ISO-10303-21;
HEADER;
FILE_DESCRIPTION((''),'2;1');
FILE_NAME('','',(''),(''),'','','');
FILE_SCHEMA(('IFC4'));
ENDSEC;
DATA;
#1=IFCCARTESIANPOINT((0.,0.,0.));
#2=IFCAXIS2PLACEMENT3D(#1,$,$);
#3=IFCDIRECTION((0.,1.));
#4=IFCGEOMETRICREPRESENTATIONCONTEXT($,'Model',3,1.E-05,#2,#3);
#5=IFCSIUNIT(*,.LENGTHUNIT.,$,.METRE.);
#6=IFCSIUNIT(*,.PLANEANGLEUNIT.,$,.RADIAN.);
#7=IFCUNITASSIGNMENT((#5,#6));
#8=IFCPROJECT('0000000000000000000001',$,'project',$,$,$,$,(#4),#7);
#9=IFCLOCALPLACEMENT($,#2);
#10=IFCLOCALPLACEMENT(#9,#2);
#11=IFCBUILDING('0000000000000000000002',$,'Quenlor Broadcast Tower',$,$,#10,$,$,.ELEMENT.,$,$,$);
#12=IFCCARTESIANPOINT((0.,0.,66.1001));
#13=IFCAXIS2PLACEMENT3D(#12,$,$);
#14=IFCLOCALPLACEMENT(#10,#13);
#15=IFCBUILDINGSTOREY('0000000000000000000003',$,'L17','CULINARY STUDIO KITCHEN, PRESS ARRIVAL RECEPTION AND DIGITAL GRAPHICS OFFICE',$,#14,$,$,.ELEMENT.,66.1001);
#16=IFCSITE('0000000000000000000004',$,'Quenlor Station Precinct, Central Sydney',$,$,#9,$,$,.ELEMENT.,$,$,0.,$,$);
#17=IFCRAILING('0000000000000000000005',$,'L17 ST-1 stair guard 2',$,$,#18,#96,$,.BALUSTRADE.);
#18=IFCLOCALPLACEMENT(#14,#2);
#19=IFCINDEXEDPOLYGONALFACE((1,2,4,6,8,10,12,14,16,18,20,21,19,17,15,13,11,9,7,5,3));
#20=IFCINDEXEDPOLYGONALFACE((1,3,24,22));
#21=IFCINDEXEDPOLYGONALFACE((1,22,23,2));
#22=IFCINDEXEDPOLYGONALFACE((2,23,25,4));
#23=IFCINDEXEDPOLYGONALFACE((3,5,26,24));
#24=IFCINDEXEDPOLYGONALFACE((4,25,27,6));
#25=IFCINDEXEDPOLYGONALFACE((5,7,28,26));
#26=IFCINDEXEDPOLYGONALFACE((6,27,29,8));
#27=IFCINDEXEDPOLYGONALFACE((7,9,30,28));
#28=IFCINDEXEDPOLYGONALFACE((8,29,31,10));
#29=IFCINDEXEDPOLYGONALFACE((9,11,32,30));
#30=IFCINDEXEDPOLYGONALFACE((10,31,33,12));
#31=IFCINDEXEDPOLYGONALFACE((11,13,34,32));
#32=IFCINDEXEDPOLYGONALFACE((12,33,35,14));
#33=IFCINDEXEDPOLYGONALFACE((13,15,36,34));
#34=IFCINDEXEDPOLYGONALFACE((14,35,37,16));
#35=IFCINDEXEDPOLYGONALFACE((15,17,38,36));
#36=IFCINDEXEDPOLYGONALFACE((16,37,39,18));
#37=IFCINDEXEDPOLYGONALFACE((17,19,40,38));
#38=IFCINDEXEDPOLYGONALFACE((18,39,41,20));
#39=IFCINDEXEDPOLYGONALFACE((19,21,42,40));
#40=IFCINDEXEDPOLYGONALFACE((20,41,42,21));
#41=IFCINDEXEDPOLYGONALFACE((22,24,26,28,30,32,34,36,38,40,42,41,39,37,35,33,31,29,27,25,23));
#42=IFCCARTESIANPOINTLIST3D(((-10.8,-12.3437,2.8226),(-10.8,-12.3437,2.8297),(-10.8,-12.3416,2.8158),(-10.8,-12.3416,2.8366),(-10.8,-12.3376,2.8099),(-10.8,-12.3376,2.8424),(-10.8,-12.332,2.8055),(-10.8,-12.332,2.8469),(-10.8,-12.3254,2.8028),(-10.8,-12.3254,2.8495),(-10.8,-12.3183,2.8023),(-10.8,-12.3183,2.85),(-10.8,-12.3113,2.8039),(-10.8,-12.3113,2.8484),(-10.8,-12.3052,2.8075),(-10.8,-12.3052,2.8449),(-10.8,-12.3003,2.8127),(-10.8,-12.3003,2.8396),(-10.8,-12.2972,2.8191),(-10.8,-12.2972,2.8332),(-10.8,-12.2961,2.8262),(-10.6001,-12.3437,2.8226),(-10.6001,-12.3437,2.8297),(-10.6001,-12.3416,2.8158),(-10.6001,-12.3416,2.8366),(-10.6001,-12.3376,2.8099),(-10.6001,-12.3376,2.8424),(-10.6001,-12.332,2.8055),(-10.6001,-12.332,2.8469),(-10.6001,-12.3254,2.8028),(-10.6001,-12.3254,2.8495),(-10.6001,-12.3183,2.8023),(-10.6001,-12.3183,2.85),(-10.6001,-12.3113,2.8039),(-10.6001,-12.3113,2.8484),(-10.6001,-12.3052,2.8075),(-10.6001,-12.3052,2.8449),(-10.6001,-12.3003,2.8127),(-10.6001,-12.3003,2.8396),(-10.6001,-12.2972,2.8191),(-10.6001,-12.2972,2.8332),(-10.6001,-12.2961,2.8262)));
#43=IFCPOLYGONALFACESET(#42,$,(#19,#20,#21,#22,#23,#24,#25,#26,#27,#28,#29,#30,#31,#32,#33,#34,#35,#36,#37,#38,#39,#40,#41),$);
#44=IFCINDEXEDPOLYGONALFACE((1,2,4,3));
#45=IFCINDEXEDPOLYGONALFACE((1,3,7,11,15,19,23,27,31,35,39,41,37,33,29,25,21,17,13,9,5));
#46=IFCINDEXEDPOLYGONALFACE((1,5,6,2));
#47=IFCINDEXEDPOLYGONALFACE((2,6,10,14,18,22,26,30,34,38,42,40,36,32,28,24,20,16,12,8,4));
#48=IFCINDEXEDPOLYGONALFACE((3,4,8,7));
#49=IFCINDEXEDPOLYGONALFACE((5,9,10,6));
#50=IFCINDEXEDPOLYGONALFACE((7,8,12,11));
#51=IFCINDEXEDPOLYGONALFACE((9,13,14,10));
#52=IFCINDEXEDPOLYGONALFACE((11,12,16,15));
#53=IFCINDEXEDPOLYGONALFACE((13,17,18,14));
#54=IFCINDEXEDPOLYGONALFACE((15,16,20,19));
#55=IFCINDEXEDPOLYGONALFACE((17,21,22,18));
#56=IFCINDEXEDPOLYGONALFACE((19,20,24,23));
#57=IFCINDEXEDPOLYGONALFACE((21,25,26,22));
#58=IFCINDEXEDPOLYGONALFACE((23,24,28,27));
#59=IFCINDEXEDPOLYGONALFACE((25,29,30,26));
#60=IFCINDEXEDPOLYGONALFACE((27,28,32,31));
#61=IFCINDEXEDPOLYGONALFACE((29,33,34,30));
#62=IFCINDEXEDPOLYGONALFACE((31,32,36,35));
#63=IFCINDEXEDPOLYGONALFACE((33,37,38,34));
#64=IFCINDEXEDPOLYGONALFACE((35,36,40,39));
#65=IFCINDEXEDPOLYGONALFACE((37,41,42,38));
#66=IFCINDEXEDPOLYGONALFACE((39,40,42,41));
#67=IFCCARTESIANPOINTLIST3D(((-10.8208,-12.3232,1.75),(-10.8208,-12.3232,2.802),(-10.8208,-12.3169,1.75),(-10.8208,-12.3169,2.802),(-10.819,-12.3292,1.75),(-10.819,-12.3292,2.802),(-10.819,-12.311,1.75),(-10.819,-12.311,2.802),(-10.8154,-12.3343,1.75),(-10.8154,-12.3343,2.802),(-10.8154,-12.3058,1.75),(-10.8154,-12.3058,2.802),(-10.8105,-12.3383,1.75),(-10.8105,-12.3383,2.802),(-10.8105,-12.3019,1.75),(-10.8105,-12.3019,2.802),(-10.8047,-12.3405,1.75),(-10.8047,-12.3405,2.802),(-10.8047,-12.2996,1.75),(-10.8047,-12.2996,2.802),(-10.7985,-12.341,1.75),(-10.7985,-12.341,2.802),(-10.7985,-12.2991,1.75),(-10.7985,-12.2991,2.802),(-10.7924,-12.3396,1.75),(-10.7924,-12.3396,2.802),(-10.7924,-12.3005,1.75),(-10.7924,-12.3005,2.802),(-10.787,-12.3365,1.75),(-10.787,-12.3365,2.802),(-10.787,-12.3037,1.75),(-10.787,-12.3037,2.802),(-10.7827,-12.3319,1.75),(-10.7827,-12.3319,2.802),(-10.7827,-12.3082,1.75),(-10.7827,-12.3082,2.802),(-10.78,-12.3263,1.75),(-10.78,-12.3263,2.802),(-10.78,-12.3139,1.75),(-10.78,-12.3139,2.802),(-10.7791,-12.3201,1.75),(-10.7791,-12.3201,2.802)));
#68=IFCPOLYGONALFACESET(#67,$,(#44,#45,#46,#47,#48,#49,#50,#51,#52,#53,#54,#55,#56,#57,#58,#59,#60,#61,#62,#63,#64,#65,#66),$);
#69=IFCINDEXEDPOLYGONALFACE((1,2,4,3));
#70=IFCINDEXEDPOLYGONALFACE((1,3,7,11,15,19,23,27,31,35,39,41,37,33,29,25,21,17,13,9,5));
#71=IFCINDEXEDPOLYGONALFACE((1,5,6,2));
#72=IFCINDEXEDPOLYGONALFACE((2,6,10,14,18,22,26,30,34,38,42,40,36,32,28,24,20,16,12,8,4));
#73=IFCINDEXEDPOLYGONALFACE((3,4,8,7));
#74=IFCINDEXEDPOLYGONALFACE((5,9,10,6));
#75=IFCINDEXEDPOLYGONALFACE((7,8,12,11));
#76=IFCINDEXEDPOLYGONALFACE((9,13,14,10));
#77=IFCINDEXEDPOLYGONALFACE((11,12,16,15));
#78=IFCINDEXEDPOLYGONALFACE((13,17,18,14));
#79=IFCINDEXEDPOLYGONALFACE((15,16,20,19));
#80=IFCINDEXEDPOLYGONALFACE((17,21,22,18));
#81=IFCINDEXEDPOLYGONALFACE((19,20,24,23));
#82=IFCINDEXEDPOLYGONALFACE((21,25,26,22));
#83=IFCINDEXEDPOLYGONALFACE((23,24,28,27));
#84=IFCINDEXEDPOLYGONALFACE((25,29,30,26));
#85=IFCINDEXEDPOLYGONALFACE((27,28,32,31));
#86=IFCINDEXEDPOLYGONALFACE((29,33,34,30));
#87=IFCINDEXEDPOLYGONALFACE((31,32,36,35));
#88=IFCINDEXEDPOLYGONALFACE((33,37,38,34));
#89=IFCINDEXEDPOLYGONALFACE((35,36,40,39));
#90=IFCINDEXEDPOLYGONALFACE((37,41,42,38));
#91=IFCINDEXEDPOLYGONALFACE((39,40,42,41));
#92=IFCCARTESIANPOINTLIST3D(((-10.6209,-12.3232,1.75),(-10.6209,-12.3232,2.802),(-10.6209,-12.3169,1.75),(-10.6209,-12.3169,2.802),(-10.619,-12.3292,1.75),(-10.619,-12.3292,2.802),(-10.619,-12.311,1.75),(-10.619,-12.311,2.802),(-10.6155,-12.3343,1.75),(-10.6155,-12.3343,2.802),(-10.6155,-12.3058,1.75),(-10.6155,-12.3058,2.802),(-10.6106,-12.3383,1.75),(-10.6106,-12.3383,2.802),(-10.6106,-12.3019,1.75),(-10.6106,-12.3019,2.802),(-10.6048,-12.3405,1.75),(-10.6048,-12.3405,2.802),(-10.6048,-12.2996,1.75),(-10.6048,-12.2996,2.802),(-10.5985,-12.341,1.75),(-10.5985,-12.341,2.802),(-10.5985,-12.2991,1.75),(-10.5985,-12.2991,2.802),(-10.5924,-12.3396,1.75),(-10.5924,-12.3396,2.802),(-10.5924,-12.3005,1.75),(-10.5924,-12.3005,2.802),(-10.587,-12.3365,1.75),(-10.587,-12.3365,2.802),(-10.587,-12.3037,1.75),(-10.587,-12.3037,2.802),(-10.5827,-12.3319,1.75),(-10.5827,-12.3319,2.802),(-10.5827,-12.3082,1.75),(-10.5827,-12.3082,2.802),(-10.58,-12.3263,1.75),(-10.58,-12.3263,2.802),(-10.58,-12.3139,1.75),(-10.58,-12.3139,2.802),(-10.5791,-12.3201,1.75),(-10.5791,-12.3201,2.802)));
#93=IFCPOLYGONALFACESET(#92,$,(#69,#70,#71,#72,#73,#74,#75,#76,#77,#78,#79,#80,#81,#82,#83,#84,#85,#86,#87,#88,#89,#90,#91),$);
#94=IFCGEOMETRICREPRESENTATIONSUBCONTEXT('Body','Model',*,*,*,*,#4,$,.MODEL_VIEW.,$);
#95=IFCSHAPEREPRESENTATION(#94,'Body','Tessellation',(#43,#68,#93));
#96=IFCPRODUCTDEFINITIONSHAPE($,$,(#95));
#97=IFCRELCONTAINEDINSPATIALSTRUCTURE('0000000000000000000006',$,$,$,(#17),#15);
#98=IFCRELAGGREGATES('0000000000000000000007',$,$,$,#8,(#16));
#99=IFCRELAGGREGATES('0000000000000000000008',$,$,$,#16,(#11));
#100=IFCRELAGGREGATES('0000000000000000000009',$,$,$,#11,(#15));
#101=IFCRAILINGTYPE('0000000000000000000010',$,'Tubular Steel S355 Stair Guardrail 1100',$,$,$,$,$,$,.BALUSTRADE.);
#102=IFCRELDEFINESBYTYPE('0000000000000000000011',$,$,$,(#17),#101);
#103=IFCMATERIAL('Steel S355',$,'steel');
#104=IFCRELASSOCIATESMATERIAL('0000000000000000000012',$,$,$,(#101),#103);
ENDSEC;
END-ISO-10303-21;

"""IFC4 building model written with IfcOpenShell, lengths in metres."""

from ifc_helpers import new_model, si_unit, direction, frame, origin, origin_2d, place, context, subcontext, project, spatial, circle, extrude, material, type_object, element, save


model = new_model("IFC4")

# Units and contexts
model_context = context("Model", 3, precision=1e-05, world=origin(), true_north=direction((0.0, 1.0)))
body_context = subcontext(model_context, "Body", "Model", "MODEL_VIEW")
ifc_project = project(units=[si_unit("LENGTHUNIT", "METRE"), si_unit("PLANEANGLEUNIT", "RADIAN")], contexts=[model_context])

# Site, building, storey
site_placement = place(None, origin())
site = spatial("IfcSite", under=ifc_project, at=site_placement, Name="Quenlor Station Precinct, Central Sydney", CompositionType="ELEMENT", RefElevation=0.0)
building_placement = place(site_placement, origin())
building = spatial("IfcBuilding", under=site, at=building_placement, Name="Quenlor Broadcast Tower", CompositionType="ELEMENT")
storey_placement = place(building_placement, frame((0.0, 0.0, 66.1001)))
storey = spatial("IfcBuildingStorey", under=building, at=storey_placement, Name="L17", Description="CULINARY STUDIO KITCHEN, PRESS ARRIVAL RECEPTION AND DIGITAL GRAPHICS OFFICE", CompositionType="ELEMENT", Elevation=66.1001)

# Railing
ifc_material_1 = material(Name="Steel S355", Category="steel")
railing_type_1 = type_object("IfcRailingType", Name="Tubular Steel S355 Stair Guardrail 1100", PredefinedType="BALUSTRADE", material=ifc_material_1)
railing_1_placement = place(storey_placement, frame((-10.8, -12.3201, 1.75)))
element("IfcRailing", 1, at=railing_1_placement, inside=storey, type_object=railing_type_1, Name="L17 ST-1 stair guard 2", PredefinedType="BALUSTRADE", context=body_context, shape_type="SweptSolid", body=[
    extrude(circle(Radius=0.0239, at=origin_2d()), frame((0.0, 0.0, 1.0762), z_axis=(1.0, 0.0, 0.0), x_axis=(0.0, 1.0, 0.0)), (0.0, 0.0, 1.0), 0.2),
    extrude(circle(Radius=0.021, at=origin_2d()), origin(), (0.0, 0.0, 1.0), 1.052),
    extrude(circle(Radius=0.021, at=origin_2d()), frame((0.2, 0.0, 0.0)), (0.0, 0.0, 1.0), 1.052),
])

save(model, "model.ifc")
